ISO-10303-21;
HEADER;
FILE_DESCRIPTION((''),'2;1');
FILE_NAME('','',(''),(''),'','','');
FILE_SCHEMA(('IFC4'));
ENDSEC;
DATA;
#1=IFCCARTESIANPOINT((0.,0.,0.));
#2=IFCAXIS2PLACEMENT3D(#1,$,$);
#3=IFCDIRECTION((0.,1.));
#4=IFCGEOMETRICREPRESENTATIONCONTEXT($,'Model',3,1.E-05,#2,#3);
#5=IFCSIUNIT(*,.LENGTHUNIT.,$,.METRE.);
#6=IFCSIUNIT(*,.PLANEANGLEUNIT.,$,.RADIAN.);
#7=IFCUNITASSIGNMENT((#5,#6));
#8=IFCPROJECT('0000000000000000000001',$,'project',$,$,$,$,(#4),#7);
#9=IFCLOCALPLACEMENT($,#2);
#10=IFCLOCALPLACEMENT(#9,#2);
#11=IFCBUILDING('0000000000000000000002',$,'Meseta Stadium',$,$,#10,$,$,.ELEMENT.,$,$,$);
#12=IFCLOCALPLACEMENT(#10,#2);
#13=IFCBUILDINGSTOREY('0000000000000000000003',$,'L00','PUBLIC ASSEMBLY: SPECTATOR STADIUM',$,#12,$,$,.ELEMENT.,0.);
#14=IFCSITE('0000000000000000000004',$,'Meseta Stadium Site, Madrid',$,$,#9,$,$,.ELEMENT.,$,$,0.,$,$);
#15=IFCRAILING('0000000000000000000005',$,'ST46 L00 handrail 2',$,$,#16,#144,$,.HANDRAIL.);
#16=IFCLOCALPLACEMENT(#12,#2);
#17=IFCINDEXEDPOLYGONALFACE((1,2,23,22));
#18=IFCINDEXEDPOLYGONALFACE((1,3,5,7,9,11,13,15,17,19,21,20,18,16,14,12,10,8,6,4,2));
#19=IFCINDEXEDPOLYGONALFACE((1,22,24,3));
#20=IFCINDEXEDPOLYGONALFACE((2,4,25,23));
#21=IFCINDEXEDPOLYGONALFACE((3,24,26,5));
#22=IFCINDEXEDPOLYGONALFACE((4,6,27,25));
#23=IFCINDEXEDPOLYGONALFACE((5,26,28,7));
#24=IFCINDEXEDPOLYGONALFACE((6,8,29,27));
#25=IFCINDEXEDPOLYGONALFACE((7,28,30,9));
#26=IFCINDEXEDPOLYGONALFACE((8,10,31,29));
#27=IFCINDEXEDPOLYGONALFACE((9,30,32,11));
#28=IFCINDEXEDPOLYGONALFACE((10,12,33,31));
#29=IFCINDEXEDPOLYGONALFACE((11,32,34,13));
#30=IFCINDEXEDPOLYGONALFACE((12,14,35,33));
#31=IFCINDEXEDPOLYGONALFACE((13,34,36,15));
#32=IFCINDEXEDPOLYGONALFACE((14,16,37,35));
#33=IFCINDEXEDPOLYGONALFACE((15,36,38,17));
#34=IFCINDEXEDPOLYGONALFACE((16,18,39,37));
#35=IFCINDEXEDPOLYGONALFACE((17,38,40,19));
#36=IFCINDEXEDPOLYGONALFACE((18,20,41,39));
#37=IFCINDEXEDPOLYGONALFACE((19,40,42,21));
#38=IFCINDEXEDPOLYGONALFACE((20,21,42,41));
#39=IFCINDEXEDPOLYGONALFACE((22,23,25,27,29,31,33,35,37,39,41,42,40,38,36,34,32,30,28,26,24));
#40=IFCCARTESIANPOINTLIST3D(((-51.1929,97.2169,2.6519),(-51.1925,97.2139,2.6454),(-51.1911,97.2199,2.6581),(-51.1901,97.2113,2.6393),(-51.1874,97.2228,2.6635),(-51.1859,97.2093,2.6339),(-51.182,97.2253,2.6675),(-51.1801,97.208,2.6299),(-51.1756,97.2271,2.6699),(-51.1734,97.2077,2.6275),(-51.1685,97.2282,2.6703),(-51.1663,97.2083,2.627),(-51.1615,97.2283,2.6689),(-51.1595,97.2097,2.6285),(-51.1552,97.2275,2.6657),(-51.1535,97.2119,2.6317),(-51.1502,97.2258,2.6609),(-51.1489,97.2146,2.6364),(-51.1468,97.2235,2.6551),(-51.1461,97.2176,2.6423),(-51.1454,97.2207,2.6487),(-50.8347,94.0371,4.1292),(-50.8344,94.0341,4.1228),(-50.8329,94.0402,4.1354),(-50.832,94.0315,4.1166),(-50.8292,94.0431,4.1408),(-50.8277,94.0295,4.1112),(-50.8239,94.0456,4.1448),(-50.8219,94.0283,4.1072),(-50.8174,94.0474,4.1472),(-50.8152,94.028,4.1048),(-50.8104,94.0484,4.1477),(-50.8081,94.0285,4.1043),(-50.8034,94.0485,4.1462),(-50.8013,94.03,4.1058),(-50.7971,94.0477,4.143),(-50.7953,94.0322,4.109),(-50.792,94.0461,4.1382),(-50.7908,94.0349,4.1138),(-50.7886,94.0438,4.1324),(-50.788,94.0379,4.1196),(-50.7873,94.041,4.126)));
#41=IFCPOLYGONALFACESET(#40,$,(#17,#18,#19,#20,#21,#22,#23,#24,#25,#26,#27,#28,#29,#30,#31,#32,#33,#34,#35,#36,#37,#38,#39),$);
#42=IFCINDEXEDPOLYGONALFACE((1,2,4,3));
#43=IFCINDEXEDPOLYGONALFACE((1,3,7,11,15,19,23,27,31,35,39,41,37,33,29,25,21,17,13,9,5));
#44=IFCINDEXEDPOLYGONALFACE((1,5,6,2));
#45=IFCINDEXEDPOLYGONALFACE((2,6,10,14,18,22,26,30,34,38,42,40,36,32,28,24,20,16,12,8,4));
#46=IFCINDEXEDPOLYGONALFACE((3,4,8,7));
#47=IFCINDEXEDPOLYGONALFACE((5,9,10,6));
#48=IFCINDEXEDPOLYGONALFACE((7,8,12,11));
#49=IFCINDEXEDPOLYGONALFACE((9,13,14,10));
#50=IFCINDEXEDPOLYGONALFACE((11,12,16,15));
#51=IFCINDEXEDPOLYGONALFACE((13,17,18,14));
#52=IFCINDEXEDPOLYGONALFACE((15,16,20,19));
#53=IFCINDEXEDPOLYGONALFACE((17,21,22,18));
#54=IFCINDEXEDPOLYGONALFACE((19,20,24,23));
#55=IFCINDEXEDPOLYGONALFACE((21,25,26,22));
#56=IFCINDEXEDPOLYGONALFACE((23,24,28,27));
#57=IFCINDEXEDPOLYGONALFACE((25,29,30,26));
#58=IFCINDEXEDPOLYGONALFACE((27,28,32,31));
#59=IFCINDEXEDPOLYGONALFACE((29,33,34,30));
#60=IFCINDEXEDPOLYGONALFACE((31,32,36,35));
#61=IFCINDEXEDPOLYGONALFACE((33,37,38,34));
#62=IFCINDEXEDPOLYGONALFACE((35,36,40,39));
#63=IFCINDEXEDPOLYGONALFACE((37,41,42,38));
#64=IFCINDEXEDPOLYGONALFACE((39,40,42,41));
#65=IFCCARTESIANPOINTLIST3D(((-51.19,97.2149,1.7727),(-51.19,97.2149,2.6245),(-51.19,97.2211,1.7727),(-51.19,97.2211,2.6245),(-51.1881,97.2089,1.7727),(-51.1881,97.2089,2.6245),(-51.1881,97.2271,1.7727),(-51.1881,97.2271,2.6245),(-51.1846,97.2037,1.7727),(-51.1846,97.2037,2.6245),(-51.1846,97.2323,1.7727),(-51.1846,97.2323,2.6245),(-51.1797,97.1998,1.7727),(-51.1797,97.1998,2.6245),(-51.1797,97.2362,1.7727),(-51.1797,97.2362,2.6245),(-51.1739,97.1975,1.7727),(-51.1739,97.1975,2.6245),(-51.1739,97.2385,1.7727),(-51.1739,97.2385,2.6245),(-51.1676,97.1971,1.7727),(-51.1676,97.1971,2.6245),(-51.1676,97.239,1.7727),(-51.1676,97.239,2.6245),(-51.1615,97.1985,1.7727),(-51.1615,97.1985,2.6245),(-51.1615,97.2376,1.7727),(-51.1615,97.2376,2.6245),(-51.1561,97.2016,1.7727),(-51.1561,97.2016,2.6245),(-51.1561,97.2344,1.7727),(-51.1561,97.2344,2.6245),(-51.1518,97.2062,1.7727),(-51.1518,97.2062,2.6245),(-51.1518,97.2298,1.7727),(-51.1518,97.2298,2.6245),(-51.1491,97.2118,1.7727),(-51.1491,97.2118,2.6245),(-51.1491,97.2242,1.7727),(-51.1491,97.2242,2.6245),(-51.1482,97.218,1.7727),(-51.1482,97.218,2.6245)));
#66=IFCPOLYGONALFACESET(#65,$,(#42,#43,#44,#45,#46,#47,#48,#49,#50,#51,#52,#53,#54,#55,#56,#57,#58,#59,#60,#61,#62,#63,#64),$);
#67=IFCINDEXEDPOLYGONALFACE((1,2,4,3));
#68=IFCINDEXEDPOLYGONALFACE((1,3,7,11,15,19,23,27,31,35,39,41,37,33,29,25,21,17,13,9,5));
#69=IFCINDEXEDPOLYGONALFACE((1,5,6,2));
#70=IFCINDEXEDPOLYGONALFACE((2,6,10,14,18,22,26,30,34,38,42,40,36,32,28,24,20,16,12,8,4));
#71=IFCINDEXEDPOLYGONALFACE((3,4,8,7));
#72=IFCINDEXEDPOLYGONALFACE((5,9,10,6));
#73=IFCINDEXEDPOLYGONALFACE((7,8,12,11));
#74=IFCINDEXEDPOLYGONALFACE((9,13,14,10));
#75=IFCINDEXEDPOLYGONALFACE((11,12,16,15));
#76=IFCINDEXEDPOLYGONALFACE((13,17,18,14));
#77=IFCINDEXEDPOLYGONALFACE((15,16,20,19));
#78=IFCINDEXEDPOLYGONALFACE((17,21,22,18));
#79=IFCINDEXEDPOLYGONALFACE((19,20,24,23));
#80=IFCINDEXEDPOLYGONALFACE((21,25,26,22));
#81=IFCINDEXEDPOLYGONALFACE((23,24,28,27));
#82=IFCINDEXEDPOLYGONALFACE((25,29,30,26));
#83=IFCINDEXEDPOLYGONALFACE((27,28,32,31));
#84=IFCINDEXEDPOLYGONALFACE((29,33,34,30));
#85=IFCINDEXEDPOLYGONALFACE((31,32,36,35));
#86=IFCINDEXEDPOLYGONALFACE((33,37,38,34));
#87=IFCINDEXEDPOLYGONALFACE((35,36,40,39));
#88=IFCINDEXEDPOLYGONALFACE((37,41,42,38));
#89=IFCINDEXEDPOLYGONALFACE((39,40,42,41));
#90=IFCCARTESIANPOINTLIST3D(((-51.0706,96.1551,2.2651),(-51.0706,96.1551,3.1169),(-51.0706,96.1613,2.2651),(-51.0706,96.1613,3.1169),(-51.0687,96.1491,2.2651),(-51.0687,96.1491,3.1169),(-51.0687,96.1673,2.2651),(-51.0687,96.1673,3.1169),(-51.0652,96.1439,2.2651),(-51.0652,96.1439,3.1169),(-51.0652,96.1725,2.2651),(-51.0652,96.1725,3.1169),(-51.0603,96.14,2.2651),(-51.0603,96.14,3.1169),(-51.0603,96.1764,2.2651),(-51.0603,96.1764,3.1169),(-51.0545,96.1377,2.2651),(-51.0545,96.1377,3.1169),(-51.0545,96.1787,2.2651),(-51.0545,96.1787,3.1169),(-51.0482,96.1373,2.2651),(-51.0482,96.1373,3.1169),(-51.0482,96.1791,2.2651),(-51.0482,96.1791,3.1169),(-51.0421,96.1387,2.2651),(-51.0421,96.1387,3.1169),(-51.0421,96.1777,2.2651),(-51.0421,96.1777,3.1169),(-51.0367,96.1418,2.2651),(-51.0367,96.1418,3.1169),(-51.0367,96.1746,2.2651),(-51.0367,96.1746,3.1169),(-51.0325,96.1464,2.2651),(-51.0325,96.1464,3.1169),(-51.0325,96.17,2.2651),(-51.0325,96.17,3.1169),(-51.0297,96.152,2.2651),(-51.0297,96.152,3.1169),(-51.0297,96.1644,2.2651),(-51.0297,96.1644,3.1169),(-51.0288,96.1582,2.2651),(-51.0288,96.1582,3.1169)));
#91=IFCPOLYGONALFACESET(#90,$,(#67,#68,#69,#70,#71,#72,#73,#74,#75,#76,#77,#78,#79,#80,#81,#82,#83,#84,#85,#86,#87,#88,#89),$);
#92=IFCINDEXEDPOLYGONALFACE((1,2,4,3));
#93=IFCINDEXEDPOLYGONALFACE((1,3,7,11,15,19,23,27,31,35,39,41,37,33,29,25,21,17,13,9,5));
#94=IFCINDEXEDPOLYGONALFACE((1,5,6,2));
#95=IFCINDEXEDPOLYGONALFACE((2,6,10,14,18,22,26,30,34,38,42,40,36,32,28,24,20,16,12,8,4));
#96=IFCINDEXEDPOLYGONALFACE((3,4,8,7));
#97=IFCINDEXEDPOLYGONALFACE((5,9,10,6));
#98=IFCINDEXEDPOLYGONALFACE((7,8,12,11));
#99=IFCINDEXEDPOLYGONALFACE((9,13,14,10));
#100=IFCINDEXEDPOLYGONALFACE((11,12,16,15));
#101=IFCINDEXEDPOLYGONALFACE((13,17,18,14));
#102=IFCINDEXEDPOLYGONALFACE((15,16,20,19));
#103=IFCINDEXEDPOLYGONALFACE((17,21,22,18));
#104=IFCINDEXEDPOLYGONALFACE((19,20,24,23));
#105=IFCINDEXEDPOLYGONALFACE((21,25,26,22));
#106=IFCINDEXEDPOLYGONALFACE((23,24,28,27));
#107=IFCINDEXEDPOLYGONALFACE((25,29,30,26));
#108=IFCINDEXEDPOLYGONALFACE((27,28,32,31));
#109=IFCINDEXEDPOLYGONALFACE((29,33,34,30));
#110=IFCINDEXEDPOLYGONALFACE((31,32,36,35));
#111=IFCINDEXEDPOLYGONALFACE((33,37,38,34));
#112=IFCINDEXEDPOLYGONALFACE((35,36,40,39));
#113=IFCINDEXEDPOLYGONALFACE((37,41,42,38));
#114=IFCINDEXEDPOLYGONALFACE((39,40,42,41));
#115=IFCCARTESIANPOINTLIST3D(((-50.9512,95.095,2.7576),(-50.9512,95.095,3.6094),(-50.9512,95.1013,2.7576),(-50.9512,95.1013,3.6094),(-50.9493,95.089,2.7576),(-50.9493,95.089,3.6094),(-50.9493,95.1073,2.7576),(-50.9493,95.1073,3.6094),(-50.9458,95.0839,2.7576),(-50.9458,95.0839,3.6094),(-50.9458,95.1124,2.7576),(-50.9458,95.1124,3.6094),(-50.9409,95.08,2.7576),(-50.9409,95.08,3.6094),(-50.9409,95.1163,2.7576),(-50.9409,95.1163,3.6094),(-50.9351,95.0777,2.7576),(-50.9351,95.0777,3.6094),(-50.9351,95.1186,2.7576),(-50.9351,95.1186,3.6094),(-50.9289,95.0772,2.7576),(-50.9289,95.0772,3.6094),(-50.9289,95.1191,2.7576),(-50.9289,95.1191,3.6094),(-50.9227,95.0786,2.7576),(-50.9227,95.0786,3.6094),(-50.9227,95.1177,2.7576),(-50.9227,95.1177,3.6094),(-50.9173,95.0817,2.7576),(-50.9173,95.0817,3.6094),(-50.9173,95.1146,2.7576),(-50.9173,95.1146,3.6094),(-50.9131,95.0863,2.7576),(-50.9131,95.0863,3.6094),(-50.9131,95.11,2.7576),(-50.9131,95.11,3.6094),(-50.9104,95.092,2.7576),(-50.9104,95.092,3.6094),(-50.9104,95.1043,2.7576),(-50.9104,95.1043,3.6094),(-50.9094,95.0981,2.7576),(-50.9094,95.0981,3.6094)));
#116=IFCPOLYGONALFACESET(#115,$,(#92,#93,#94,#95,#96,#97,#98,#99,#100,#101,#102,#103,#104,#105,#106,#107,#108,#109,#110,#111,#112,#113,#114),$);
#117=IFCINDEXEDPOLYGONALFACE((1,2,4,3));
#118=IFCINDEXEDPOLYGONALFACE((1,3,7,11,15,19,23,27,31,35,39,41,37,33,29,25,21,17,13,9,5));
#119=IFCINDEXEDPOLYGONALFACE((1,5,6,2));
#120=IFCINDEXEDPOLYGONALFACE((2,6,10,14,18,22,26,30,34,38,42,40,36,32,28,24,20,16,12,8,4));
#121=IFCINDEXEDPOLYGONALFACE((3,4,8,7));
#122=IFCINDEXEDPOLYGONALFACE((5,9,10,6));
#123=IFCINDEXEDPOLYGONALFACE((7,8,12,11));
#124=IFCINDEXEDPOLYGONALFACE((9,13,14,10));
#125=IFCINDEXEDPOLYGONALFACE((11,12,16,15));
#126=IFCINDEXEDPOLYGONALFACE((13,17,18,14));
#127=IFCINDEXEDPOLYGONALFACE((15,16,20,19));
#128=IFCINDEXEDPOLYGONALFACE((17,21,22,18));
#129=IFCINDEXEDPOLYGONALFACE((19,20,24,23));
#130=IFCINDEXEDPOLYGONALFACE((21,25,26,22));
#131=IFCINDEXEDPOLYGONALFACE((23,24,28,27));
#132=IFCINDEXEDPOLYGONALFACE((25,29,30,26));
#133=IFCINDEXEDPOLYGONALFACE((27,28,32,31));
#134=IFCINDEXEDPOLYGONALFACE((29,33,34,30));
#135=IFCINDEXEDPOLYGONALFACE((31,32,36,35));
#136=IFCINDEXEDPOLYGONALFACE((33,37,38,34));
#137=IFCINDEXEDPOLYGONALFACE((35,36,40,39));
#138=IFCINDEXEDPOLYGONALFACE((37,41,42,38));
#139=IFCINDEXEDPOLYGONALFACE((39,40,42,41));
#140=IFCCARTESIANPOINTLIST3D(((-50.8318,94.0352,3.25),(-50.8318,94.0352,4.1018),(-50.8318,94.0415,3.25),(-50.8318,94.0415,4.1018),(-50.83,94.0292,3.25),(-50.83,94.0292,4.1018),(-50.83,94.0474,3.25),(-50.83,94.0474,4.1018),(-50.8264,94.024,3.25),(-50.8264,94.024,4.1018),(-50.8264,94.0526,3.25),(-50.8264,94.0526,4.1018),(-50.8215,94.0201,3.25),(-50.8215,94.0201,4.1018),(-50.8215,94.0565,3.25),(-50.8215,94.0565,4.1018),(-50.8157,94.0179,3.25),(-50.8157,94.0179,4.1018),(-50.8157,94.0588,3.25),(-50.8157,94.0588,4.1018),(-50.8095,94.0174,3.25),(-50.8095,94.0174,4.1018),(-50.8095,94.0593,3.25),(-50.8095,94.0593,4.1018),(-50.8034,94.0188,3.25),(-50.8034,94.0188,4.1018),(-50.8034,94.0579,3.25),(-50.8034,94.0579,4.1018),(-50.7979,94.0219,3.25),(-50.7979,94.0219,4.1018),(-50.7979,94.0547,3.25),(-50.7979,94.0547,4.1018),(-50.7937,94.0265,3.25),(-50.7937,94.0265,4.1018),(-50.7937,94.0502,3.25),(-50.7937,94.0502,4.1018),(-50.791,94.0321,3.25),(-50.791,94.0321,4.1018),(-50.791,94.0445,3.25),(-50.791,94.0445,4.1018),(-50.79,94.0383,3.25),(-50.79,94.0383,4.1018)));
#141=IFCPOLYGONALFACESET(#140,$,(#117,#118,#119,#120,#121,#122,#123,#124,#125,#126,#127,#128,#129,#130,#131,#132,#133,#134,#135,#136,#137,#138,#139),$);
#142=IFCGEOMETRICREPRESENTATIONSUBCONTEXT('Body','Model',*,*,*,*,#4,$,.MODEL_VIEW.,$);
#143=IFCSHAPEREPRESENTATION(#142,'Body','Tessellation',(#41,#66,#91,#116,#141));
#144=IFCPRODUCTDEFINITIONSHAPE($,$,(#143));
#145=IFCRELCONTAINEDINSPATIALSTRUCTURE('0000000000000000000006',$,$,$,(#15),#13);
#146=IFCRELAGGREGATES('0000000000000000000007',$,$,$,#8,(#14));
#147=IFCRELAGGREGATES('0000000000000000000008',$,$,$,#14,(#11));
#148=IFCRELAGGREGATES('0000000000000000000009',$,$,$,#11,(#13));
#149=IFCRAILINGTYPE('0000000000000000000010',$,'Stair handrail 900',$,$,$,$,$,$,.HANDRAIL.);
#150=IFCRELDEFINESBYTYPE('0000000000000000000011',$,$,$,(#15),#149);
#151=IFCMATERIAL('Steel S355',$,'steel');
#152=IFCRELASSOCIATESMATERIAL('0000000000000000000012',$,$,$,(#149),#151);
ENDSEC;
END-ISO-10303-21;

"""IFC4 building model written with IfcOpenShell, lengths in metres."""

from ifc_helpers import new_model, si_unit, direction, frame, origin, origin_2d, place, context, subcontext, project, spatial, circle, extrude, material, type_object, element, save


model = new_model("IFC4")

# Units and contexts
model_context = context("Model", 3, precision=1e-05, world=origin(), true_north=direction((0.0, 1.0)))
body_context = subcontext(model_context, "Body", "Model", "MODEL_VIEW")
ifc_project = project(units=[si_unit("LENGTHUNIT", "METRE"), si_unit("PLANEANGLEUNIT", "RADIAN")], contexts=[model_context])

# Site, building, storey
site_placement = place(None, origin())
site = spatial("IfcSite", under=ifc_project, at=site_placement, Name="Meseta Stadium Site, Madrid", CompositionType="ELEMENT", RefElevation=0.0)
building_placement = place(site_placement, origin())
building = spatial("IfcBuilding", under=site, at=building_placement, Name="Meseta Stadium", CompositionType="ELEMENT")
storey_placement = place(building_placement, origin())
storey = spatial("IfcBuildingStorey", under=building, at=storey_placement, Name="L00", Description="PUBLIC ASSEMBLY: SPECTATOR STADIUM", CompositionType="ELEMENT", Elevation=0.0)

# Railing
ifc_material_1 = material(Name="Steel S355", Category="steel")
railing_type_1 = type_object("IfcRailingType", Name="Stair handrail 900", PredefinedType="HANDRAIL", material=ifc_material_1)
railing_1_placement = place(storey_placement, frame((-51.1692, 97.218, 1.7727)))
element("IfcRailing", 1, at=railing_1_placement, inside=storey, type_object=railing_type_1, Name="ST46 L00 handrail 2", PredefinedType="HANDRAIL", context=body_context, shape_type="SweptSolid", body=[
    extrude(circle(Radius=0.0239, at=origin_2d()), frame((0.0, 0.0, 0.876), z_axis=(0.101623, -0.902204, 0.419167), x_axis=(0.993716, 0.11193, 0.0)), (0.0, 0.0, 1.0), 3.5244),
    extrude(circle(Radius=0.021, at=origin_2d()), origin(), (0.0, 0.0, 1.0), 0.8518),
    extrude(circle(Radius=0.021, at=origin_2d()), frame((0.1194, -1.0598, 0.4924)), (0.0, 0.0, 1.0), 0.8518),
    extrude(circle(Radius=0.021, at=origin_2d()), frame((0.2388, -2.1199, 0.9849)), (0.0, 0.0, 1.0), 0.8518),
    extrude(circle(Radius=0.021, at=origin_2d()), frame((0.3582, -3.1797, 1.4773)), (0.0, 0.0, 1.0), 0.8518),
])

save(model, "model.ifc")
